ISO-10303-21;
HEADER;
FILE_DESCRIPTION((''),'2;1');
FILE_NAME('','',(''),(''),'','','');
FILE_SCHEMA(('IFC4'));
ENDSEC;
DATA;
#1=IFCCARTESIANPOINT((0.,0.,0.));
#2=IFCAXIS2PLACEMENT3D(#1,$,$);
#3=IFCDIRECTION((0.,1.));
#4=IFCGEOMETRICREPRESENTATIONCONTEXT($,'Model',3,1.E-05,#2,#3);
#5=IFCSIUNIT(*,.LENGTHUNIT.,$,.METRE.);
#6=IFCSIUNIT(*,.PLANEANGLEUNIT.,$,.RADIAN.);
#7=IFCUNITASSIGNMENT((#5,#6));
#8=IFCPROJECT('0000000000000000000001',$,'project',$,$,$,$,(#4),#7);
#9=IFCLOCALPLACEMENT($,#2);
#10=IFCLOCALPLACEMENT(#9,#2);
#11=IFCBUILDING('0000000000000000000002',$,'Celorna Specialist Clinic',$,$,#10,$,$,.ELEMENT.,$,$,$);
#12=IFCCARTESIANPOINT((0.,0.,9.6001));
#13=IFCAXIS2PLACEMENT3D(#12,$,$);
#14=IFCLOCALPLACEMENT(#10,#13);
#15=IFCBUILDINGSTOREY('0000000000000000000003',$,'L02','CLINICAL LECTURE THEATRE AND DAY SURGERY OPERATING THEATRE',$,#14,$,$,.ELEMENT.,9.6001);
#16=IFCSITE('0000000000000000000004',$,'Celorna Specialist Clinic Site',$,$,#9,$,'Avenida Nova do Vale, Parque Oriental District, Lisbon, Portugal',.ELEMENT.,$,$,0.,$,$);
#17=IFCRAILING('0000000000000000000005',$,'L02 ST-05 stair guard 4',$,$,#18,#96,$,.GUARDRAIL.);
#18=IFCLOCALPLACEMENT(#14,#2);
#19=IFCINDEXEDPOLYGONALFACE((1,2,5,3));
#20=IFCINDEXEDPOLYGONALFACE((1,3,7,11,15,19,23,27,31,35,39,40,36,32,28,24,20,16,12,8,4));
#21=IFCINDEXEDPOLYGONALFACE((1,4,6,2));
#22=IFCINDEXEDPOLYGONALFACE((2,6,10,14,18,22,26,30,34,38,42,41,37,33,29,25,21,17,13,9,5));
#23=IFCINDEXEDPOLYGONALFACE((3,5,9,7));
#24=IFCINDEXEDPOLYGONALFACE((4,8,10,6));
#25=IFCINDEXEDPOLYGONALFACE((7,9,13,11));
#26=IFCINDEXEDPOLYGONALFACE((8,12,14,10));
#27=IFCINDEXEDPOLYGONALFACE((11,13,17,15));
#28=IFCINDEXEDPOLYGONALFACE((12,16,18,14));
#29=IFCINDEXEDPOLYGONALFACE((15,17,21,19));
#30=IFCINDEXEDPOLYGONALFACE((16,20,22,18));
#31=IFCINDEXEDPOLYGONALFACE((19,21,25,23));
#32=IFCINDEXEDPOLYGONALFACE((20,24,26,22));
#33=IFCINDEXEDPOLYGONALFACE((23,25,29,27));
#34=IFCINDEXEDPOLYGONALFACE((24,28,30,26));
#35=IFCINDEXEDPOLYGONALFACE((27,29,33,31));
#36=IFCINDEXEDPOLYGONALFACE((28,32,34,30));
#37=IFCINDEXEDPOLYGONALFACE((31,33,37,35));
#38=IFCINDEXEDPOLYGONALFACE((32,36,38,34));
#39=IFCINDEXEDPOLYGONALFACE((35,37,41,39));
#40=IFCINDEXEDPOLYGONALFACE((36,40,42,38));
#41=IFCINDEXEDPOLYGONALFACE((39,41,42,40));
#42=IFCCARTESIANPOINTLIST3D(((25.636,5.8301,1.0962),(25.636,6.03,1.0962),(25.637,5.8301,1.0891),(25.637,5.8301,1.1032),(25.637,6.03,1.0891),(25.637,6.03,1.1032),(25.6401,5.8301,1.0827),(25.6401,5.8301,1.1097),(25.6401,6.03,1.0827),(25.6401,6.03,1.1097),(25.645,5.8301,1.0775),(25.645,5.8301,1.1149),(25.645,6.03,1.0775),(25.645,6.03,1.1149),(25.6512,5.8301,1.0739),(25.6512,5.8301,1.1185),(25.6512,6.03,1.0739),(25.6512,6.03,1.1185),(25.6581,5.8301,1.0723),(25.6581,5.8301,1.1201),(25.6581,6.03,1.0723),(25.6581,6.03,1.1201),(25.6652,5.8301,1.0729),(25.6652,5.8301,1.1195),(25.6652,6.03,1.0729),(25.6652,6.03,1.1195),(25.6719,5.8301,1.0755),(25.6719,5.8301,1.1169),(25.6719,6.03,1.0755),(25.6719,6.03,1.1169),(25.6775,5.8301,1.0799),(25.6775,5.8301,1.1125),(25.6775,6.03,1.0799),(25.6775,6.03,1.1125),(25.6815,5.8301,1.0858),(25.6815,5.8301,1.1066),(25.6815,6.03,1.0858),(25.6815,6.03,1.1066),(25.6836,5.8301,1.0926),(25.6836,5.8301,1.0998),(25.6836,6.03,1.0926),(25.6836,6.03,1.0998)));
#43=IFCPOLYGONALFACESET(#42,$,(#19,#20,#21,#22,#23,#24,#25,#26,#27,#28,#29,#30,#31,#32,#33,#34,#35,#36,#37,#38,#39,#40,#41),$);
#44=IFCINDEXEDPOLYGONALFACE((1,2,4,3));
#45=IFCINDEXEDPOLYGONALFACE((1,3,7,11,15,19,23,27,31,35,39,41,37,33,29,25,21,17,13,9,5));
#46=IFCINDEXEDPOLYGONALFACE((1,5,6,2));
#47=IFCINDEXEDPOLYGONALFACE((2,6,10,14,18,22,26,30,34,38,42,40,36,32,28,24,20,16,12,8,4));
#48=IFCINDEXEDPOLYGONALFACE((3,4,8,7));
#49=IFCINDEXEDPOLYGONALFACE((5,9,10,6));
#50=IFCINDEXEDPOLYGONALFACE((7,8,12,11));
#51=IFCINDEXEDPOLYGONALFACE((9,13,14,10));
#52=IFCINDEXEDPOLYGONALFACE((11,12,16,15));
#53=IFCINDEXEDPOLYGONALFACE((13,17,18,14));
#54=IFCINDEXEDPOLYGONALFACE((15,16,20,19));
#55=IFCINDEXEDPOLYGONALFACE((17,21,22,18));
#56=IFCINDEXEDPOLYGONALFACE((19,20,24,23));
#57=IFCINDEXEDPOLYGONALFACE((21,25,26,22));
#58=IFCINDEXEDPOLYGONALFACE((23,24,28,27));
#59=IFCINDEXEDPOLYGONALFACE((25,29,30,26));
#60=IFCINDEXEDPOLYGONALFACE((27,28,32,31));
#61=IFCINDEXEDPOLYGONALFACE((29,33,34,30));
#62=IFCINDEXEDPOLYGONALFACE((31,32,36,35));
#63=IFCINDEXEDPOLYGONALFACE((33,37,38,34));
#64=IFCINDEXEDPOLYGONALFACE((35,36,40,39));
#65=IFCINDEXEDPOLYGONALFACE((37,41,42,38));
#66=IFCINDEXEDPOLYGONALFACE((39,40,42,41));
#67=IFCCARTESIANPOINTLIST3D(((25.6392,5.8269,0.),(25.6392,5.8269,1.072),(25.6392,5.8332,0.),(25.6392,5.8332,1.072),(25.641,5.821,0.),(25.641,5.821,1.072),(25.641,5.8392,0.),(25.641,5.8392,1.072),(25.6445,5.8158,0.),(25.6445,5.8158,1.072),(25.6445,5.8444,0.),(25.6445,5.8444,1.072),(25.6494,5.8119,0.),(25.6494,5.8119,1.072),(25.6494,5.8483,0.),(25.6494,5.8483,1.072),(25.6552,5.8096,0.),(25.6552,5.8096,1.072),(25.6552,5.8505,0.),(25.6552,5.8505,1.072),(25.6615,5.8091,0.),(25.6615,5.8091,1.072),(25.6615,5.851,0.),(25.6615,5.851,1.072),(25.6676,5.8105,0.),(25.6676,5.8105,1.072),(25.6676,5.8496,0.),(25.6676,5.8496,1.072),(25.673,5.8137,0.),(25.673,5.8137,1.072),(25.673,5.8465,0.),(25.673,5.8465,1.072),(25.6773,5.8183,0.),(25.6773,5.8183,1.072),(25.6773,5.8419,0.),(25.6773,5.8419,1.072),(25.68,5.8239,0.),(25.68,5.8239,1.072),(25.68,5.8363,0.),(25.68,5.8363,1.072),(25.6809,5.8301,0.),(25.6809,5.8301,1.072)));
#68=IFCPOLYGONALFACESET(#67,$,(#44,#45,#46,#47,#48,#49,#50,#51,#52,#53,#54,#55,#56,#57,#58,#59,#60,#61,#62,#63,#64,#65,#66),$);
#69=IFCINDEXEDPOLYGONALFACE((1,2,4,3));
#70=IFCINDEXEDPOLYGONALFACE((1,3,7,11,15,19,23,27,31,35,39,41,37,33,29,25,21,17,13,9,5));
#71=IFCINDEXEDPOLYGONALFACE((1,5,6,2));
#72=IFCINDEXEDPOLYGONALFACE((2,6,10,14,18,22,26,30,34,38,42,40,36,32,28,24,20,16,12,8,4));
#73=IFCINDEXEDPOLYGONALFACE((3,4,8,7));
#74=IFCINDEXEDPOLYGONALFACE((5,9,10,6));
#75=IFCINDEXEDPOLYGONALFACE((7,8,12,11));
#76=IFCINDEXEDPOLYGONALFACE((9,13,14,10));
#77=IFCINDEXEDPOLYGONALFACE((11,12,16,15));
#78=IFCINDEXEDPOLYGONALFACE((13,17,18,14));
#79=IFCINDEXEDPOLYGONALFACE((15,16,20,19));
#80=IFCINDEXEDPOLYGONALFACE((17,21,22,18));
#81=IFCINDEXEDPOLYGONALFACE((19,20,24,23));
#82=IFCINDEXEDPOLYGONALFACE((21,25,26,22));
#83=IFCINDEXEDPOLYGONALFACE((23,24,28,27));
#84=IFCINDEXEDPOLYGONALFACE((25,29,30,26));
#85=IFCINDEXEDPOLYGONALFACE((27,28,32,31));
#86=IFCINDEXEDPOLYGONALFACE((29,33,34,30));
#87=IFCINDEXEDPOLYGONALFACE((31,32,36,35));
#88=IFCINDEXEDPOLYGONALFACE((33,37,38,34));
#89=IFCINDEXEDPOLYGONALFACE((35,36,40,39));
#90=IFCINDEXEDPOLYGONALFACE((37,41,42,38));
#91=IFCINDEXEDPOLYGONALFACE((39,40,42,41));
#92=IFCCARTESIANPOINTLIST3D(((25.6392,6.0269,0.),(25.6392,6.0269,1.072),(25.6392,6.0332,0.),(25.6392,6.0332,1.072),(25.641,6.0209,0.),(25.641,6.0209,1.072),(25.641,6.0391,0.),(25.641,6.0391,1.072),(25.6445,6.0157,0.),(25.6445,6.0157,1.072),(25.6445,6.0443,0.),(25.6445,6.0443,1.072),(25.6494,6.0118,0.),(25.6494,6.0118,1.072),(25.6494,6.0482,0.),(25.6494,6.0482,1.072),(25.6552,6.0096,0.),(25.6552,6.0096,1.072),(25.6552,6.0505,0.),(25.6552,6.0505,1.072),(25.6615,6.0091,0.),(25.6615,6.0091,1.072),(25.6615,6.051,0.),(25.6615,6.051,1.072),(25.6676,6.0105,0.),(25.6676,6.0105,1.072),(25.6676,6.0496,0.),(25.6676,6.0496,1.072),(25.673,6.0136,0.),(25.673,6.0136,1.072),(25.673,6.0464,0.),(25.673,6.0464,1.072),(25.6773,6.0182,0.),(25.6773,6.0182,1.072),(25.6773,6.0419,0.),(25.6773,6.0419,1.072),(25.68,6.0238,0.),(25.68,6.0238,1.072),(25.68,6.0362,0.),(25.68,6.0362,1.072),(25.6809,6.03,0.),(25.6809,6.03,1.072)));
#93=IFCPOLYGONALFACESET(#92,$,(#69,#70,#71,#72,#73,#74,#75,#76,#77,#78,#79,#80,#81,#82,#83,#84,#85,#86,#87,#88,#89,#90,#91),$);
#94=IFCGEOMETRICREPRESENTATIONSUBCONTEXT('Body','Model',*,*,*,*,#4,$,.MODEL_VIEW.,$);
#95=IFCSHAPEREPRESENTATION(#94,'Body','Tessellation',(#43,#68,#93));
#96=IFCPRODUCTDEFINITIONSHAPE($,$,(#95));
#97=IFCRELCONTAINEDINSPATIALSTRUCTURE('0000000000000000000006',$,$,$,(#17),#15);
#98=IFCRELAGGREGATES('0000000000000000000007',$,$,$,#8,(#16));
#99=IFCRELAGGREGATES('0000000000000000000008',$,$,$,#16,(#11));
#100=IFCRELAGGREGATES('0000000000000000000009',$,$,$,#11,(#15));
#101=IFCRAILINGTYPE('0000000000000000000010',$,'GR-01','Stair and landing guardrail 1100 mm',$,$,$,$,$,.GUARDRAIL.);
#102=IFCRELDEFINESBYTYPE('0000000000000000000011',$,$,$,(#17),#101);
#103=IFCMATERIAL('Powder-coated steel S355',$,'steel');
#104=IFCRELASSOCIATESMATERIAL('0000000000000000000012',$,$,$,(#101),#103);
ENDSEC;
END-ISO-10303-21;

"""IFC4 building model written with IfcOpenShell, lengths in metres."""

from ifc_helpers import new_model, si_unit, direction, frame, origin, origin_2d, place, context, subcontext, project, spatial, circle, extrude, material, type_object, element, save


model = new_model("IFC4")

# Units and contexts
model_context = context("Model", 3, precision=1e-05, world=origin(), true_north=direction((0.0, 1.0)))
body_context = subcontext(model_context, "Body", "Model", "MODEL_VIEW")
ifc_project = project(units=[si_unit("LENGTHUNIT", "METRE"), si_unit("PLANEANGLEUNIT", "RADIAN")], contexts=[model_context])

# Site, building, storey
site_placement = place(None, origin())
site = spatial("IfcSite", under=ifc_project, at=site_placement, Name="Celorna Specialist Clinic Site", LongName="Avenida Nova do Vale, Parque Oriental District, Lisbon, Portugal", CompositionType="ELEMENT", RefElevation=0.0)
building_placement = place(site_placement, origin())
building = spatial("IfcBuilding", under=site, at=building_placement, Name="Celorna Specialist Clinic", CompositionType="ELEMENT")
storey_placement = place(building_placement, frame((0.0, 0.0, 9.6001)))
storey = spatial("IfcBuildingStorey", under=building, at=storey_placement, Name="L02", Description="CLINICAL LECTURE THEATRE AND DAY SURGERY OPERATING THEATRE", CompositionType="ELEMENT", Elevation=9.6001)

# Railing
ifc_material_1 = material(Name="Powder-coated steel S355", Category="steel")
railing_type_1 = type_object("IfcRailingType", Name="GR-01", Description="Stair and landing guardrail 1100 mm", PredefinedType="GUARDRAIL", material=ifc_material_1)
railing_1_placement = place(storey_placement, frame((25.6599, 5.8301, 0.0)))
element("IfcRailing", 1, at=railing_1_placement, inside=storey, type_object=railing_type_1, Name="L02 ST-05 stair guard 4", PredefinedType="GUARDRAIL", context=body_context, shape_type="SweptSolid", body=[
    extrude(circle(Radius=0.0239, at=origin_2d()), frame((0.0, 0.0, 1.0962), z_axis=(0.0, 1.0, 0.0), x_axis=(-1.0, 0.0, 0.0)), (0.0, 0.0, 1.0), 0.2),
    extrude(circle(Radius=0.021, at=origin_2d()), origin(), (0.0, 0.0, 1.0), 1.072),
    extrude(circle(Radius=0.021, at=origin_2d()), frame((0.0, 0.2, 0.0)), (0.0, 0.0, 1.0), 1.072),
])

save(model, "model.ifc")
